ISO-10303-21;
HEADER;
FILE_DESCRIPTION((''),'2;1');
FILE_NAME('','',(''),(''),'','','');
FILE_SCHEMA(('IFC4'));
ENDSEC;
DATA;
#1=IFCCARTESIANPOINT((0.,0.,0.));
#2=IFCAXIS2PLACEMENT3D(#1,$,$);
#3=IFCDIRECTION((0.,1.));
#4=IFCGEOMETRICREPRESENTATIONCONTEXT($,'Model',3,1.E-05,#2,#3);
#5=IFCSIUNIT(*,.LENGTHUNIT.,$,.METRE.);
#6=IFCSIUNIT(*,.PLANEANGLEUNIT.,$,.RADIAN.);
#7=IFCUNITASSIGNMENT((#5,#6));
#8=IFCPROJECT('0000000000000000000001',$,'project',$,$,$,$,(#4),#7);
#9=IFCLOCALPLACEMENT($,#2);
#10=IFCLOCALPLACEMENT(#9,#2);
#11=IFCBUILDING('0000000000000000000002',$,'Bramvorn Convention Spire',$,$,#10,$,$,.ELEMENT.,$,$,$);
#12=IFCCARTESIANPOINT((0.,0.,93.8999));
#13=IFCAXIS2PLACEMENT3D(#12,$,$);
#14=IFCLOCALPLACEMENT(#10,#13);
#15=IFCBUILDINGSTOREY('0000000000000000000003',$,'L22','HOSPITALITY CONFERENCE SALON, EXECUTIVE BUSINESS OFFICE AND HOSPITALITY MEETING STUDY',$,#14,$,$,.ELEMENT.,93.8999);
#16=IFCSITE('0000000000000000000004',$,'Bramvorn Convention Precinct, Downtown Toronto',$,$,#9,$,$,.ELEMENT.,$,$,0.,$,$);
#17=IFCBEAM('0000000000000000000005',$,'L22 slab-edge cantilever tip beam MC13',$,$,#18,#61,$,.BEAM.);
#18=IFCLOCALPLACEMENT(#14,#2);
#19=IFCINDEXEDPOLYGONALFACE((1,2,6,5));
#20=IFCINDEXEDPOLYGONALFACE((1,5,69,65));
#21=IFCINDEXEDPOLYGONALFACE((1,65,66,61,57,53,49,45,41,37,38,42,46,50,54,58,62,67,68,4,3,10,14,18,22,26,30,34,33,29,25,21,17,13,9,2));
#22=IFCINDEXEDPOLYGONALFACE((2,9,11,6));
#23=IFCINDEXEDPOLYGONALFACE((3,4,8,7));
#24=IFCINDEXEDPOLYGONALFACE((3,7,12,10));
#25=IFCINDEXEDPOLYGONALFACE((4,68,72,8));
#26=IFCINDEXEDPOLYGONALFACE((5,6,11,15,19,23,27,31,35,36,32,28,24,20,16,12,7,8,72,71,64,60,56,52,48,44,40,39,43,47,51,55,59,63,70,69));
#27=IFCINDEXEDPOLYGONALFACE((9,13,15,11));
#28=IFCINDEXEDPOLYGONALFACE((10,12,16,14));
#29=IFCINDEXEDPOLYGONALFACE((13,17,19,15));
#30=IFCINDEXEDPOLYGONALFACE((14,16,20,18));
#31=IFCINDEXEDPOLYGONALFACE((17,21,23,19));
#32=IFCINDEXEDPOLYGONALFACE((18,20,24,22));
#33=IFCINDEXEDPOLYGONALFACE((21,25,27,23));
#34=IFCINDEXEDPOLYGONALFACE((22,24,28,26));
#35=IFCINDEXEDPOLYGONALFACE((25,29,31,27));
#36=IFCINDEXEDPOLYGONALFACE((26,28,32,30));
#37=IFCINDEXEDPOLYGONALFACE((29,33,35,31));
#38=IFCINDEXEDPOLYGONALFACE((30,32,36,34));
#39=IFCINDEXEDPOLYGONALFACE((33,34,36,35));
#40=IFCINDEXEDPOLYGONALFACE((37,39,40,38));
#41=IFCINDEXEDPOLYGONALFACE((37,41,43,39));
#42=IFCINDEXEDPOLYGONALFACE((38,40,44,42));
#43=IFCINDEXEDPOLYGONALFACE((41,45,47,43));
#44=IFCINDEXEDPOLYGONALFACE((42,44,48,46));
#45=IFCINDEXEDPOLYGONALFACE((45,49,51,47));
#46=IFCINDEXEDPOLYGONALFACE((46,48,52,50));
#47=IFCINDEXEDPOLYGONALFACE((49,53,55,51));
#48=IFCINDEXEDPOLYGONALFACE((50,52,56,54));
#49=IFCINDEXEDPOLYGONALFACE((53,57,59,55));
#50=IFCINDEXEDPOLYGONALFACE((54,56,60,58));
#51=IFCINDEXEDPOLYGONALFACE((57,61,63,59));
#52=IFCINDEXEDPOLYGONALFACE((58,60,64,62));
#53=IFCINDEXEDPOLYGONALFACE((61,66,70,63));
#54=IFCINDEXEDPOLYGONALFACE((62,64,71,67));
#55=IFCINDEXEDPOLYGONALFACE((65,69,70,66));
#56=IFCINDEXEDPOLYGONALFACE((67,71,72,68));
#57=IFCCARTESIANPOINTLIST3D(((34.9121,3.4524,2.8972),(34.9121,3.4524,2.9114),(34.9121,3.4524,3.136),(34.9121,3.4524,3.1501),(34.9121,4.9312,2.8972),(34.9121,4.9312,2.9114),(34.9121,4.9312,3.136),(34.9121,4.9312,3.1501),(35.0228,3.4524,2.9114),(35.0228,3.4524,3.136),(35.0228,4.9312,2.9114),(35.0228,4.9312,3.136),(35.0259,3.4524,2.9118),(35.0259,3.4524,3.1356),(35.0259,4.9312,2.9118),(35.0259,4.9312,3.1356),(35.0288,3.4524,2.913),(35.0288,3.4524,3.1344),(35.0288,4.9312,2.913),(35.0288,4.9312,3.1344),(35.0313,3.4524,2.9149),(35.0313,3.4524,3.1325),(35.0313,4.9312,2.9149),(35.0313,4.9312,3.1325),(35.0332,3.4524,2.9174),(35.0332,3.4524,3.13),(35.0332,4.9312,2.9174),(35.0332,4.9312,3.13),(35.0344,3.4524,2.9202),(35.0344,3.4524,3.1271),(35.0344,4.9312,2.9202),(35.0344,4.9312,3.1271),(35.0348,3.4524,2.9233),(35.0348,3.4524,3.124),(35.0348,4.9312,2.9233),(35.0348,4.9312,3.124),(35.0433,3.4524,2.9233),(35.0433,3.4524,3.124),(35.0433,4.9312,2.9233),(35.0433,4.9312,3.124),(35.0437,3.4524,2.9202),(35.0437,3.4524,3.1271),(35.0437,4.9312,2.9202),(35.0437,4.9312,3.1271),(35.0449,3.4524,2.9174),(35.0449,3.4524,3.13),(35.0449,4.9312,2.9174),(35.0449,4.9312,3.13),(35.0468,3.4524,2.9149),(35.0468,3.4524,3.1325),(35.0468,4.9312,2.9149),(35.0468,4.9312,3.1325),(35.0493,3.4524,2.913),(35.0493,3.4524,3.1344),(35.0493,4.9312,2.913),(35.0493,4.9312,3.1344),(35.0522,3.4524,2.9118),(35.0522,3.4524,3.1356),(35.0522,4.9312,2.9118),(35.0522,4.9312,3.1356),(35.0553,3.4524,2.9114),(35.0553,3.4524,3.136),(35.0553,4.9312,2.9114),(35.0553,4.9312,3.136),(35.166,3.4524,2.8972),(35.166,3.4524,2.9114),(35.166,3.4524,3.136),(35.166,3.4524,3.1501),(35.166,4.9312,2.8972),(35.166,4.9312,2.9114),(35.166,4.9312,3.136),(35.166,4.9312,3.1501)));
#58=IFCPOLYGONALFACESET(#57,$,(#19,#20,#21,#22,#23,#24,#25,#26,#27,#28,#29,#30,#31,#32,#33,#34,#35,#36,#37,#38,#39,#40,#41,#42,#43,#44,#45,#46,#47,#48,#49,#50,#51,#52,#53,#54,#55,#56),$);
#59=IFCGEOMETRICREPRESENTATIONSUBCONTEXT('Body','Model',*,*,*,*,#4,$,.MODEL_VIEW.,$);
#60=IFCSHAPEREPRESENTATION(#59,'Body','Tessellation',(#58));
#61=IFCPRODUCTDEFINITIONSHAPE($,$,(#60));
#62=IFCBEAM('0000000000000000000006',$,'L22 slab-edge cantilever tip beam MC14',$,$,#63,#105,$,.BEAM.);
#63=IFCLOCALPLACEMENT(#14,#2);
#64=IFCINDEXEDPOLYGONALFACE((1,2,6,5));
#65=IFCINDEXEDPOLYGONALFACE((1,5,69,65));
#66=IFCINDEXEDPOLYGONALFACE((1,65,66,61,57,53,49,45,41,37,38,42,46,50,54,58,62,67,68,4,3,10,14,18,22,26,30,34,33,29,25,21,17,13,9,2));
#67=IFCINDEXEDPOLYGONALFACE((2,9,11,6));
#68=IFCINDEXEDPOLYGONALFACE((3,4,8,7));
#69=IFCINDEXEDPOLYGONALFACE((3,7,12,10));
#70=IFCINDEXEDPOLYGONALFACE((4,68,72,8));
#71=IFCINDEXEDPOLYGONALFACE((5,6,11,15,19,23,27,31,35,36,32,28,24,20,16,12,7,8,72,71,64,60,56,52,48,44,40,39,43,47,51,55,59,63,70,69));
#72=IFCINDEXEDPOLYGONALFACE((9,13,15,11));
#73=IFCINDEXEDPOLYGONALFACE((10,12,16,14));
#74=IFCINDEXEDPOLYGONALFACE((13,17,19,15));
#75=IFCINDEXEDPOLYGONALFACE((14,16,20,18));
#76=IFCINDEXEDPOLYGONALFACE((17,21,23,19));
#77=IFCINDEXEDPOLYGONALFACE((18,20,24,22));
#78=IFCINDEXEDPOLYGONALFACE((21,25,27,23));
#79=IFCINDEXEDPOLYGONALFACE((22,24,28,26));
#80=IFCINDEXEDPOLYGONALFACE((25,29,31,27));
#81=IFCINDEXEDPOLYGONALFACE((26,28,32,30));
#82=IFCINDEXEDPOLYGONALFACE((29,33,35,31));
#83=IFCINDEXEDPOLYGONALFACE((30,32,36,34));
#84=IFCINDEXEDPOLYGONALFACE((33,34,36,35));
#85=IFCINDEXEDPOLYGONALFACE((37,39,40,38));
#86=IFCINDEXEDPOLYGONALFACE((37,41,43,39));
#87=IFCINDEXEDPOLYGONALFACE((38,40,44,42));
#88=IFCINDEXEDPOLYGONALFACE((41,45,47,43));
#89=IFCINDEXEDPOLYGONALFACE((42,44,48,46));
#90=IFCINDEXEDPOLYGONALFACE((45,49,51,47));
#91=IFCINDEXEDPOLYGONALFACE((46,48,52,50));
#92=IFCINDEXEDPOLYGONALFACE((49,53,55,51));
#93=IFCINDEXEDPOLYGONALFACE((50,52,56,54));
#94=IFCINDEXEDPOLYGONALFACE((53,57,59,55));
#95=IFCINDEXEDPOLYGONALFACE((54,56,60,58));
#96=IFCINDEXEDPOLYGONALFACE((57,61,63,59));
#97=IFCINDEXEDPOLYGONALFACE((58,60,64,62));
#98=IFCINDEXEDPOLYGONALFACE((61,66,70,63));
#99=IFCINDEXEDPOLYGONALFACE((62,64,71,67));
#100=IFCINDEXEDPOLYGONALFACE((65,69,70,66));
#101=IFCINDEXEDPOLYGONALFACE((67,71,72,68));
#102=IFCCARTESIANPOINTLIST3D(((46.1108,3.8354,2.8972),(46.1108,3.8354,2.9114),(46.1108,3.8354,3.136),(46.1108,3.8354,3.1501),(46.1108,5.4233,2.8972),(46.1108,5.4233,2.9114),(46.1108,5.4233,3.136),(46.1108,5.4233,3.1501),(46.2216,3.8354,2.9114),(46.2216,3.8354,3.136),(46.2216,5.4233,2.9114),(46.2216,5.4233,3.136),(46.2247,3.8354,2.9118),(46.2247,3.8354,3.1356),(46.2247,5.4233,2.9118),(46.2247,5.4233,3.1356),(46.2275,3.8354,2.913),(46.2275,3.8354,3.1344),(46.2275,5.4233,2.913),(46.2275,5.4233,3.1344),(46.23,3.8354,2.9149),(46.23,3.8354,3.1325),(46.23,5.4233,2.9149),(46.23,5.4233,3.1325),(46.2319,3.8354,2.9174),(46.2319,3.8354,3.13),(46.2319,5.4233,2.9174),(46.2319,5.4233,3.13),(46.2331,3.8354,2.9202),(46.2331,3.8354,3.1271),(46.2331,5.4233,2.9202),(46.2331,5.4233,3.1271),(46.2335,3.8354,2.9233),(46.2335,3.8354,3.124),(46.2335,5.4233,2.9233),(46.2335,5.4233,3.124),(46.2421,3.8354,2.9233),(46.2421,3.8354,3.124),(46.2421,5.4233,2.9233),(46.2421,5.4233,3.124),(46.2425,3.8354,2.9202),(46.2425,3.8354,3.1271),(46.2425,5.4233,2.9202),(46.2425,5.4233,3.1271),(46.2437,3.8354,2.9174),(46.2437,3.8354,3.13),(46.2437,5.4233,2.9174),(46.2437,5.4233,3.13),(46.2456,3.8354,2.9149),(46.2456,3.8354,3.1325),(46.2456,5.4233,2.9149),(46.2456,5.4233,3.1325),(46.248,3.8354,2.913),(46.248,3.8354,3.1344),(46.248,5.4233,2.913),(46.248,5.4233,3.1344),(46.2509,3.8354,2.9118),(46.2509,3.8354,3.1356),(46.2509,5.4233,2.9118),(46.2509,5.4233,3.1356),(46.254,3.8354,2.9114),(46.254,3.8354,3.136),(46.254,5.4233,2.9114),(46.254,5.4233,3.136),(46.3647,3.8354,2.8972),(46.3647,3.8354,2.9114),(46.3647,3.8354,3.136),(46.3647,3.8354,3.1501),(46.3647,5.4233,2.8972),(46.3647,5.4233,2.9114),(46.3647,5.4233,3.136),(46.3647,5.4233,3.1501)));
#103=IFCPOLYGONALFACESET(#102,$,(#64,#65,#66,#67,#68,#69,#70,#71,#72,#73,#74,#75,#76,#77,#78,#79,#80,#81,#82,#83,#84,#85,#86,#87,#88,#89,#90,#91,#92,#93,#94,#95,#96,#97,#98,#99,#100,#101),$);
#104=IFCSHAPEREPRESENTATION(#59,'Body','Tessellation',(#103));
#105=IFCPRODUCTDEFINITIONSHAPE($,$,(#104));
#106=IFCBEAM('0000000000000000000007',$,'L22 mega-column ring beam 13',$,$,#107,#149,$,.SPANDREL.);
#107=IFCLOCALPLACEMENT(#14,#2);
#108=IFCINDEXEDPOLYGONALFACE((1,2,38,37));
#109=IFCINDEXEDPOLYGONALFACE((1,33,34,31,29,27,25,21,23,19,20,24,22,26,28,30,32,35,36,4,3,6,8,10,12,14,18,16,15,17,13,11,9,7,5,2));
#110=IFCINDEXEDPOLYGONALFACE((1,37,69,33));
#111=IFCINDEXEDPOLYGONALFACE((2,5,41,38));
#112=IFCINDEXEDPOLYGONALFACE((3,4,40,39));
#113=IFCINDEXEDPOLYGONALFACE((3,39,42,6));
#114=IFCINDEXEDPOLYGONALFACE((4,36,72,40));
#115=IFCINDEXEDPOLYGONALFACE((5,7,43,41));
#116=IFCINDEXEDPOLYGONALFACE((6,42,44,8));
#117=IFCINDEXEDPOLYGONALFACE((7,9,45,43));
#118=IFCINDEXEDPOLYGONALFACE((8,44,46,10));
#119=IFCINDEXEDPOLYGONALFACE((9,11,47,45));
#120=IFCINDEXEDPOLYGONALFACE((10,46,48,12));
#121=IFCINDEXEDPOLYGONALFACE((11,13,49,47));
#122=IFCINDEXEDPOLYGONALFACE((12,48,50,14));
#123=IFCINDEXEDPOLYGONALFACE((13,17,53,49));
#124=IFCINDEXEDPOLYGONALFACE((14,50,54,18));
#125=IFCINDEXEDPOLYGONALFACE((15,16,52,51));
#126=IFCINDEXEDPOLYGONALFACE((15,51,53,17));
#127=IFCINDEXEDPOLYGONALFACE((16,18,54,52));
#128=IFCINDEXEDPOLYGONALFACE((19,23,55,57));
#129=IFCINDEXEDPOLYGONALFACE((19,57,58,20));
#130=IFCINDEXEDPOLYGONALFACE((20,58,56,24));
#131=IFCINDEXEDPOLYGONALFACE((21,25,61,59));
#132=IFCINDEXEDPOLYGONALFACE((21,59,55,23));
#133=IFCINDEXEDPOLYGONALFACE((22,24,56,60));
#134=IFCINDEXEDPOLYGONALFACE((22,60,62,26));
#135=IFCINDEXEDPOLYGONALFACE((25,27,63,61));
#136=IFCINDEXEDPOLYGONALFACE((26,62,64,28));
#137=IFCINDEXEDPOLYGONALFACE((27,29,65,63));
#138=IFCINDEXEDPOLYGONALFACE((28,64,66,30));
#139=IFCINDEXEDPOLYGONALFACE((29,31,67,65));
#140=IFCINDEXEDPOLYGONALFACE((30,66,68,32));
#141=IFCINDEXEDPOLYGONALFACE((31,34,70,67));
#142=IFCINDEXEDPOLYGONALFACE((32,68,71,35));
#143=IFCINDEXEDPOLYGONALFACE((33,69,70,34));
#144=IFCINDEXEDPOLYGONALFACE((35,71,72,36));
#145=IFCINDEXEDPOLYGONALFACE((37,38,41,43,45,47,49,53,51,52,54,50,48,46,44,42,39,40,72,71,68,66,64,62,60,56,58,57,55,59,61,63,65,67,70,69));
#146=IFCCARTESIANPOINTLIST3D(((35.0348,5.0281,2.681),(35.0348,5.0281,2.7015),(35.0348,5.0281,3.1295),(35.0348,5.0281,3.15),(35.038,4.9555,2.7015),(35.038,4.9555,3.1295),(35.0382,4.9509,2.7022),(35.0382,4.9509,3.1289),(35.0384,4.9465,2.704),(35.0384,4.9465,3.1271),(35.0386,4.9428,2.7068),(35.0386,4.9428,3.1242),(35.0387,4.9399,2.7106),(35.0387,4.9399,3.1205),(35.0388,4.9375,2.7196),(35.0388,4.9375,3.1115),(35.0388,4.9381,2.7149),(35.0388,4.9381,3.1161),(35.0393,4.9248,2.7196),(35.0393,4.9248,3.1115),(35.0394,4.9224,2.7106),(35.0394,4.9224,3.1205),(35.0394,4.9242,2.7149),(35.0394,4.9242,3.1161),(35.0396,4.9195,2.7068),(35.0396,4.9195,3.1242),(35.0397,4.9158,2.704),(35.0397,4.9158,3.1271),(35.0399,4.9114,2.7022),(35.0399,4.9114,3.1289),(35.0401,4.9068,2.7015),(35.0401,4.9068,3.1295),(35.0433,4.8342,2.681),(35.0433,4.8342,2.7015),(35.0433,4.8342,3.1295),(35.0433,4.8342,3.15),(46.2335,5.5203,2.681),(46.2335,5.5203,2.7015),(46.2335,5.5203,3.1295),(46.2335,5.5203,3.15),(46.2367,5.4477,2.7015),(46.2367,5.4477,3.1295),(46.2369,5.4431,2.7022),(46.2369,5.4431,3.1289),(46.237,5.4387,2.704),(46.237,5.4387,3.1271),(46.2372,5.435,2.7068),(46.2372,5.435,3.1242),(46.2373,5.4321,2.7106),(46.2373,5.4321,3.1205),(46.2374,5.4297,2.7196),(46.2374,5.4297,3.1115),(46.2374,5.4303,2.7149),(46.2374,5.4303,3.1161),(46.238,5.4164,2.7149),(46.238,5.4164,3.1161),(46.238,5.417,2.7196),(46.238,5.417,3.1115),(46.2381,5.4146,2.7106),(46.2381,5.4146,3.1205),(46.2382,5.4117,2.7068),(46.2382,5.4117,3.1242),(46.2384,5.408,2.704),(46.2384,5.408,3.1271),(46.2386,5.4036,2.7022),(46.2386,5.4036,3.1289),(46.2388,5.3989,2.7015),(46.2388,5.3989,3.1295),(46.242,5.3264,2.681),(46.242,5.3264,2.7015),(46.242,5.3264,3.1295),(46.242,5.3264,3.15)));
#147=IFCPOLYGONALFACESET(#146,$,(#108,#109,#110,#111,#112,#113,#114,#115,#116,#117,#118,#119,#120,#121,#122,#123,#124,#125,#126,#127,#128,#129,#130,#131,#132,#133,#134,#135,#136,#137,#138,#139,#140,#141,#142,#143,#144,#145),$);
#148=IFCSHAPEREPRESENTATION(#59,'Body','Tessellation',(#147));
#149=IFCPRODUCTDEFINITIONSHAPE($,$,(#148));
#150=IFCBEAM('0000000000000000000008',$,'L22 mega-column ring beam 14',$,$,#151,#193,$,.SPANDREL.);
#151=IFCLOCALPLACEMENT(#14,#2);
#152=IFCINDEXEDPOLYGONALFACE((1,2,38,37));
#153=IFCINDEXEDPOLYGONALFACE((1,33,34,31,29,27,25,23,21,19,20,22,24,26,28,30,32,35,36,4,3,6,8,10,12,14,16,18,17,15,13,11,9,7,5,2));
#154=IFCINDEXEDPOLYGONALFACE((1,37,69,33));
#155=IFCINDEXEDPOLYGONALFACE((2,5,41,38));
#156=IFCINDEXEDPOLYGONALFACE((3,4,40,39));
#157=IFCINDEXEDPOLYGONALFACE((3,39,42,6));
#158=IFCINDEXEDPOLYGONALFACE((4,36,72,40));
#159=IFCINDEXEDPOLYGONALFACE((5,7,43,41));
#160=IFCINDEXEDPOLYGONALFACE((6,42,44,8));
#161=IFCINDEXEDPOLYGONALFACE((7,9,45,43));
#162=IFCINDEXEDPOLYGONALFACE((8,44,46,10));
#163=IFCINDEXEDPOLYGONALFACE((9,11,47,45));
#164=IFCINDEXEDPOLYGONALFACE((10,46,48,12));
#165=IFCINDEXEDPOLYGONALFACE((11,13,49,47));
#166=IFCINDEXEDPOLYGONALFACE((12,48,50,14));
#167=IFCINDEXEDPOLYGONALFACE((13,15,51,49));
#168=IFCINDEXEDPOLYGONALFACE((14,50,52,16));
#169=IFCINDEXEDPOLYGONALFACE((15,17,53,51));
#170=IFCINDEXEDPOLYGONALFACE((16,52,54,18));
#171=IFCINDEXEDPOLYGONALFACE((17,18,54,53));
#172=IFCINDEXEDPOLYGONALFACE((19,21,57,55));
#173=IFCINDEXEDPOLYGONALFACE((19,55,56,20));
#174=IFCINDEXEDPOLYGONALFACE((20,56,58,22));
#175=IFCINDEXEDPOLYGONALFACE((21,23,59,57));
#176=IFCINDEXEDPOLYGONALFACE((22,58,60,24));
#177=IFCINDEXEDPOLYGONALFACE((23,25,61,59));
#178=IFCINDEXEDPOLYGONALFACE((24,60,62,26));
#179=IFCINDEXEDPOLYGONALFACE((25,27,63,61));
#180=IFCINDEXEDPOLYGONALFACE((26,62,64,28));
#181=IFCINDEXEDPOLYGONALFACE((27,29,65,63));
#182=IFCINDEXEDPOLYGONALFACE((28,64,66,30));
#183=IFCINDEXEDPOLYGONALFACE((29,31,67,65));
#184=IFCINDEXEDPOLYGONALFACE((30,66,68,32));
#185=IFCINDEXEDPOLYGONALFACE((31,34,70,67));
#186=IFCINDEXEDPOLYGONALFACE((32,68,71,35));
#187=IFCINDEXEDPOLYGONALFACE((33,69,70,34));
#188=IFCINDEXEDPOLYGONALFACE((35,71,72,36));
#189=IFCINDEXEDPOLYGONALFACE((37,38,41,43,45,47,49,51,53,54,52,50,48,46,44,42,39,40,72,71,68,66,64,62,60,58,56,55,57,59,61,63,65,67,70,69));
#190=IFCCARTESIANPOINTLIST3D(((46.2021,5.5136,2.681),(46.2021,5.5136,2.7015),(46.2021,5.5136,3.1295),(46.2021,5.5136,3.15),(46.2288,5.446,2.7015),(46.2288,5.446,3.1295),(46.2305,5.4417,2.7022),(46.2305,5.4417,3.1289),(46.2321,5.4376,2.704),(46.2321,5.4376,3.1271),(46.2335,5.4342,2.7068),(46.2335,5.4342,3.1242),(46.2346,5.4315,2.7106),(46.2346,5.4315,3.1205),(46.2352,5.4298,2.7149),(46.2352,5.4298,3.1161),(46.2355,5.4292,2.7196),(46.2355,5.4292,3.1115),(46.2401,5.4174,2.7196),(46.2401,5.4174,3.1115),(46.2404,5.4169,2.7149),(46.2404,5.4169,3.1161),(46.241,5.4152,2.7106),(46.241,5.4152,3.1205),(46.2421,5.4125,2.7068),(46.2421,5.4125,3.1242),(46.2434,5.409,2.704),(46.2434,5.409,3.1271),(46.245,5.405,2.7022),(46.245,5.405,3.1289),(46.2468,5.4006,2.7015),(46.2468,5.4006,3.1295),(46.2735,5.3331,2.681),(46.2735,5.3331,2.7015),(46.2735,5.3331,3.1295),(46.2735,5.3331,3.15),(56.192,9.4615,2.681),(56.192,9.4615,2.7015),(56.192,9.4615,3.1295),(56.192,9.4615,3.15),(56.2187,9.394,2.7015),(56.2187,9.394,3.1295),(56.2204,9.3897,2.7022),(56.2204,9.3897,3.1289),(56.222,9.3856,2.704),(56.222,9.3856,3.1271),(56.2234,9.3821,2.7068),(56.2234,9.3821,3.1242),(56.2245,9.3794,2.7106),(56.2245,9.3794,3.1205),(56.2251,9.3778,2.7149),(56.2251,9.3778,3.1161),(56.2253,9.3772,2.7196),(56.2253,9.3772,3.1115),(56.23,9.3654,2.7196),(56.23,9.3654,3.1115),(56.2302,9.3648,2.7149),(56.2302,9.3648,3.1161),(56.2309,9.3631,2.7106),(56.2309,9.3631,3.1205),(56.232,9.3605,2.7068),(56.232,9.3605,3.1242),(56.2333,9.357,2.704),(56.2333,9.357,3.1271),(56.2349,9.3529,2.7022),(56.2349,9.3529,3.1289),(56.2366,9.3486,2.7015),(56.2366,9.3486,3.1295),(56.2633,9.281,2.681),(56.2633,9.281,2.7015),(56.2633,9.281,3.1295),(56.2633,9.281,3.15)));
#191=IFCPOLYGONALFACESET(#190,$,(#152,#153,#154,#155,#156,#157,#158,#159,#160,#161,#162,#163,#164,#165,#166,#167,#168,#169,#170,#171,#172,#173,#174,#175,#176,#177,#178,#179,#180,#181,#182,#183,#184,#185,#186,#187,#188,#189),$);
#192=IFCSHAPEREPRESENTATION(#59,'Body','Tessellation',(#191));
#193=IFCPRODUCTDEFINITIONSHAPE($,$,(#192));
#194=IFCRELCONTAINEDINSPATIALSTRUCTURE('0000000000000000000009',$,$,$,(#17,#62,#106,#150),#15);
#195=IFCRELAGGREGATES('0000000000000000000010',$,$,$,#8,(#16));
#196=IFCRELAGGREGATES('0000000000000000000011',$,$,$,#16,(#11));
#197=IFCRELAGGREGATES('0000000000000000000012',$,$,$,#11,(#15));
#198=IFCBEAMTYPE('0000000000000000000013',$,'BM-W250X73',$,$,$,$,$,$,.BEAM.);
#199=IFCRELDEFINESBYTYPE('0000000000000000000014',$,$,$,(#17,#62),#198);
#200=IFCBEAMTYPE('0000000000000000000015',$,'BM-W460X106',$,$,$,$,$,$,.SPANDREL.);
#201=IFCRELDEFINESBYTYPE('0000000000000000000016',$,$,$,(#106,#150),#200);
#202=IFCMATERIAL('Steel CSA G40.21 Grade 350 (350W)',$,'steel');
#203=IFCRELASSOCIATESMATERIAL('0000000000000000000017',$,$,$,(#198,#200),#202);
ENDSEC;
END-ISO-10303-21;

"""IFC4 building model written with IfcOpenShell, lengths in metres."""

from ifc_helpers import new_model, si_unit, direction, frame, origin, origin_2d, place, context, subcontext, project, spatial, i_section, extrude, material, material_profile, profile_set, type_object, element, save


model = new_model("IFC4")

# Units and contexts
model_context = context("Model", 3, precision=1e-05, world=origin(), true_north=direction((0.0, 1.0)))
body_context = subcontext(model_context, "Body", "Model", "MODEL_VIEW")
ifc_project = project(units=[si_unit("LENGTHUNIT", "METRE"), si_unit("PLANEANGLEUNIT", "RADIAN")], contexts=[model_context])

# Site, building, storey
site_placement = place(None, origin())
site = spatial("IfcSite", under=ifc_project, at=site_placement, Name="Bramvorn Convention Precinct, Downtown Toronto", CompositionType="ELEMENT", RefElevation=0.0)
building_placement = place(site_placement, origin())
building = spatial("IfcBuilding", under=site, at=building_placement, Name="Bramvorn Convention Spire", CompositionType="ELEMENT")
storey_placement = place(building_placement, frame((0.0, 0.0, 93.8999)))
storey = spatial("IfcBuildingStorey", under=building, at=storey_placement, Name="L22", Description="HOSPITALITY CONFERENCE SALON, EXECUTIVE BUSINESS OFFICE AND HOSPITALITY MEETING STUDY", CompositionType="ELEMENT", Elevation=93.8999)

# Shared definitions
ifc_material_1 = material(Name="Steel CSA G40.21 Grade 350 (350W)", Category="steel")

# Beams
ifc_material_profile_1 = material_profile(ifc_material_1, i_section(OverallWidth=0.2539, OverallDepth=0.2529, WebThickness=0.0085, FlangeThickness=0.0142, FilletRadius=0.012, at=origin_2d()))
ifc_profile_set_1 = profile_set([ifc_material_profile_1], Name="Steel CSA G40.21 Grade 350 (350W) - W250X73")
beam_type_1 = type_object("IfcBeamType", Name="BM-W250X73", PredefinedType="BEAM", material=ifc_profile_set_1)
beam_1_placement = place(storey_placement, frame((35.0391, 4.9312, 3.0237), z_axis=(0.0, -1.0, 0.0), x_axis=(1.0, 0.0, 0.0)))
element("IfcBeam", 1, at=beam_1_placement, inside=storey, type_object=beam_type_1, Name="L22 slab-edge cantilever tip beam MC13", PredefinedType="BEAM", context=body_context, shape_type="SweptSolid", body=[
    extrude(i_section(OverallWidth=0.2539, OverallDepth=0.2529, WebThickness=0.0085, FlangeThickness=0.0142, FilletRadius=0.012, at=origin_2d()), origin(), (0.0, 0.0, 1.0), 1.4788),
])
beam_2_placement = place(storey_placement, frame((46.2378, 5.4233, 3.0237), z_axis=(0.0, -1.0, 0.0), x_axis=(1.0, 0.0, 0.0)))
element("IfcBeam", 2, at=beam_2_placement, inside=storey, type_object=beam_type_1, Name="L22 slab-edge cantilever tip beam MC14", PredefinedType="BEAM", context=body_context, shape_type="SweptSolid", body=[
    extrude(i_section(OverallWidth=0.2539, OverallDepth=0.2529, WebThickness=0.0085, FlangeThickness=0.0142, FilletRadius=0.012, at=origin_2d()), origin(), (0.0, 0.0, 1.0), 1.5879),
])
ifc_material_profile_2 = material_profile(ifc_material_1, i_section(OverallWidth=0.1941, OverallDepth=0.469, WebThickness=0.0127, FlangeThickness=0.0205, FilletRadius=0.0181, at=origin_2d()))
ifc_profile_set_2 = profile_set([ifc_material_profile_2], Name="Steel CSA G40.21 Grade 350 (350W) - W460X106")
beam_type_2 = type_object("IfcBeamType", Name="BM-W460X106", PredefinedType="SPANDREL", material=ifc_profile_set_2)
beam_3_placement = place(storey_placement, frame((35.0391, 4.9312, 2.9155), z_axis=(0.999036, 0.043908, 0.0), x_axis=(-0.043908, 0.999036, 0.0)))
element("IfcBeam", 3, at=beam_3_placement, inside=storey, type_object=beam_type_2, Name="L22 mega-column ring beam 13", PredefinedType="SPANDREL", context=body_context, shape_type="SweptSolid", body=[
    extrude(i_section(OverallWidth=0.1941, OverallDepth=0.469, WebThickness=0.0127, FlangeThickness=0.0205, FilletRadius=0.0181, at=origin_2d()), origin(), (0.0, 0.0, 1.0), 11.2095),
])
beam_4_placement = place(storey_placement, frame((46.2378, 5.4233, 2.9155), z_axis=(0.93001, 0.367535, 0.0), x_axis=(-0.367535, 0.93001, 0.0)))
element("IfcBeam", 4, at=beam_4_placement, inside=storey, type_object=beam_type_2, Name="L22 mega-column ring beam 14", PredefinedType="SPANDREL", context=body_context, shape_type="SweptSolid", body=[
    extrude(i_section(OverallWidth=0.1941, OverallDepth=0.469, WebThickness=0.0127, FlangeThickness=0.0205, FilletRadius=0.0181, at=origin_2d()), origin(), (0.0, 0.0, 1.0), 10.7417),
])

save(model, "model.ifc")
